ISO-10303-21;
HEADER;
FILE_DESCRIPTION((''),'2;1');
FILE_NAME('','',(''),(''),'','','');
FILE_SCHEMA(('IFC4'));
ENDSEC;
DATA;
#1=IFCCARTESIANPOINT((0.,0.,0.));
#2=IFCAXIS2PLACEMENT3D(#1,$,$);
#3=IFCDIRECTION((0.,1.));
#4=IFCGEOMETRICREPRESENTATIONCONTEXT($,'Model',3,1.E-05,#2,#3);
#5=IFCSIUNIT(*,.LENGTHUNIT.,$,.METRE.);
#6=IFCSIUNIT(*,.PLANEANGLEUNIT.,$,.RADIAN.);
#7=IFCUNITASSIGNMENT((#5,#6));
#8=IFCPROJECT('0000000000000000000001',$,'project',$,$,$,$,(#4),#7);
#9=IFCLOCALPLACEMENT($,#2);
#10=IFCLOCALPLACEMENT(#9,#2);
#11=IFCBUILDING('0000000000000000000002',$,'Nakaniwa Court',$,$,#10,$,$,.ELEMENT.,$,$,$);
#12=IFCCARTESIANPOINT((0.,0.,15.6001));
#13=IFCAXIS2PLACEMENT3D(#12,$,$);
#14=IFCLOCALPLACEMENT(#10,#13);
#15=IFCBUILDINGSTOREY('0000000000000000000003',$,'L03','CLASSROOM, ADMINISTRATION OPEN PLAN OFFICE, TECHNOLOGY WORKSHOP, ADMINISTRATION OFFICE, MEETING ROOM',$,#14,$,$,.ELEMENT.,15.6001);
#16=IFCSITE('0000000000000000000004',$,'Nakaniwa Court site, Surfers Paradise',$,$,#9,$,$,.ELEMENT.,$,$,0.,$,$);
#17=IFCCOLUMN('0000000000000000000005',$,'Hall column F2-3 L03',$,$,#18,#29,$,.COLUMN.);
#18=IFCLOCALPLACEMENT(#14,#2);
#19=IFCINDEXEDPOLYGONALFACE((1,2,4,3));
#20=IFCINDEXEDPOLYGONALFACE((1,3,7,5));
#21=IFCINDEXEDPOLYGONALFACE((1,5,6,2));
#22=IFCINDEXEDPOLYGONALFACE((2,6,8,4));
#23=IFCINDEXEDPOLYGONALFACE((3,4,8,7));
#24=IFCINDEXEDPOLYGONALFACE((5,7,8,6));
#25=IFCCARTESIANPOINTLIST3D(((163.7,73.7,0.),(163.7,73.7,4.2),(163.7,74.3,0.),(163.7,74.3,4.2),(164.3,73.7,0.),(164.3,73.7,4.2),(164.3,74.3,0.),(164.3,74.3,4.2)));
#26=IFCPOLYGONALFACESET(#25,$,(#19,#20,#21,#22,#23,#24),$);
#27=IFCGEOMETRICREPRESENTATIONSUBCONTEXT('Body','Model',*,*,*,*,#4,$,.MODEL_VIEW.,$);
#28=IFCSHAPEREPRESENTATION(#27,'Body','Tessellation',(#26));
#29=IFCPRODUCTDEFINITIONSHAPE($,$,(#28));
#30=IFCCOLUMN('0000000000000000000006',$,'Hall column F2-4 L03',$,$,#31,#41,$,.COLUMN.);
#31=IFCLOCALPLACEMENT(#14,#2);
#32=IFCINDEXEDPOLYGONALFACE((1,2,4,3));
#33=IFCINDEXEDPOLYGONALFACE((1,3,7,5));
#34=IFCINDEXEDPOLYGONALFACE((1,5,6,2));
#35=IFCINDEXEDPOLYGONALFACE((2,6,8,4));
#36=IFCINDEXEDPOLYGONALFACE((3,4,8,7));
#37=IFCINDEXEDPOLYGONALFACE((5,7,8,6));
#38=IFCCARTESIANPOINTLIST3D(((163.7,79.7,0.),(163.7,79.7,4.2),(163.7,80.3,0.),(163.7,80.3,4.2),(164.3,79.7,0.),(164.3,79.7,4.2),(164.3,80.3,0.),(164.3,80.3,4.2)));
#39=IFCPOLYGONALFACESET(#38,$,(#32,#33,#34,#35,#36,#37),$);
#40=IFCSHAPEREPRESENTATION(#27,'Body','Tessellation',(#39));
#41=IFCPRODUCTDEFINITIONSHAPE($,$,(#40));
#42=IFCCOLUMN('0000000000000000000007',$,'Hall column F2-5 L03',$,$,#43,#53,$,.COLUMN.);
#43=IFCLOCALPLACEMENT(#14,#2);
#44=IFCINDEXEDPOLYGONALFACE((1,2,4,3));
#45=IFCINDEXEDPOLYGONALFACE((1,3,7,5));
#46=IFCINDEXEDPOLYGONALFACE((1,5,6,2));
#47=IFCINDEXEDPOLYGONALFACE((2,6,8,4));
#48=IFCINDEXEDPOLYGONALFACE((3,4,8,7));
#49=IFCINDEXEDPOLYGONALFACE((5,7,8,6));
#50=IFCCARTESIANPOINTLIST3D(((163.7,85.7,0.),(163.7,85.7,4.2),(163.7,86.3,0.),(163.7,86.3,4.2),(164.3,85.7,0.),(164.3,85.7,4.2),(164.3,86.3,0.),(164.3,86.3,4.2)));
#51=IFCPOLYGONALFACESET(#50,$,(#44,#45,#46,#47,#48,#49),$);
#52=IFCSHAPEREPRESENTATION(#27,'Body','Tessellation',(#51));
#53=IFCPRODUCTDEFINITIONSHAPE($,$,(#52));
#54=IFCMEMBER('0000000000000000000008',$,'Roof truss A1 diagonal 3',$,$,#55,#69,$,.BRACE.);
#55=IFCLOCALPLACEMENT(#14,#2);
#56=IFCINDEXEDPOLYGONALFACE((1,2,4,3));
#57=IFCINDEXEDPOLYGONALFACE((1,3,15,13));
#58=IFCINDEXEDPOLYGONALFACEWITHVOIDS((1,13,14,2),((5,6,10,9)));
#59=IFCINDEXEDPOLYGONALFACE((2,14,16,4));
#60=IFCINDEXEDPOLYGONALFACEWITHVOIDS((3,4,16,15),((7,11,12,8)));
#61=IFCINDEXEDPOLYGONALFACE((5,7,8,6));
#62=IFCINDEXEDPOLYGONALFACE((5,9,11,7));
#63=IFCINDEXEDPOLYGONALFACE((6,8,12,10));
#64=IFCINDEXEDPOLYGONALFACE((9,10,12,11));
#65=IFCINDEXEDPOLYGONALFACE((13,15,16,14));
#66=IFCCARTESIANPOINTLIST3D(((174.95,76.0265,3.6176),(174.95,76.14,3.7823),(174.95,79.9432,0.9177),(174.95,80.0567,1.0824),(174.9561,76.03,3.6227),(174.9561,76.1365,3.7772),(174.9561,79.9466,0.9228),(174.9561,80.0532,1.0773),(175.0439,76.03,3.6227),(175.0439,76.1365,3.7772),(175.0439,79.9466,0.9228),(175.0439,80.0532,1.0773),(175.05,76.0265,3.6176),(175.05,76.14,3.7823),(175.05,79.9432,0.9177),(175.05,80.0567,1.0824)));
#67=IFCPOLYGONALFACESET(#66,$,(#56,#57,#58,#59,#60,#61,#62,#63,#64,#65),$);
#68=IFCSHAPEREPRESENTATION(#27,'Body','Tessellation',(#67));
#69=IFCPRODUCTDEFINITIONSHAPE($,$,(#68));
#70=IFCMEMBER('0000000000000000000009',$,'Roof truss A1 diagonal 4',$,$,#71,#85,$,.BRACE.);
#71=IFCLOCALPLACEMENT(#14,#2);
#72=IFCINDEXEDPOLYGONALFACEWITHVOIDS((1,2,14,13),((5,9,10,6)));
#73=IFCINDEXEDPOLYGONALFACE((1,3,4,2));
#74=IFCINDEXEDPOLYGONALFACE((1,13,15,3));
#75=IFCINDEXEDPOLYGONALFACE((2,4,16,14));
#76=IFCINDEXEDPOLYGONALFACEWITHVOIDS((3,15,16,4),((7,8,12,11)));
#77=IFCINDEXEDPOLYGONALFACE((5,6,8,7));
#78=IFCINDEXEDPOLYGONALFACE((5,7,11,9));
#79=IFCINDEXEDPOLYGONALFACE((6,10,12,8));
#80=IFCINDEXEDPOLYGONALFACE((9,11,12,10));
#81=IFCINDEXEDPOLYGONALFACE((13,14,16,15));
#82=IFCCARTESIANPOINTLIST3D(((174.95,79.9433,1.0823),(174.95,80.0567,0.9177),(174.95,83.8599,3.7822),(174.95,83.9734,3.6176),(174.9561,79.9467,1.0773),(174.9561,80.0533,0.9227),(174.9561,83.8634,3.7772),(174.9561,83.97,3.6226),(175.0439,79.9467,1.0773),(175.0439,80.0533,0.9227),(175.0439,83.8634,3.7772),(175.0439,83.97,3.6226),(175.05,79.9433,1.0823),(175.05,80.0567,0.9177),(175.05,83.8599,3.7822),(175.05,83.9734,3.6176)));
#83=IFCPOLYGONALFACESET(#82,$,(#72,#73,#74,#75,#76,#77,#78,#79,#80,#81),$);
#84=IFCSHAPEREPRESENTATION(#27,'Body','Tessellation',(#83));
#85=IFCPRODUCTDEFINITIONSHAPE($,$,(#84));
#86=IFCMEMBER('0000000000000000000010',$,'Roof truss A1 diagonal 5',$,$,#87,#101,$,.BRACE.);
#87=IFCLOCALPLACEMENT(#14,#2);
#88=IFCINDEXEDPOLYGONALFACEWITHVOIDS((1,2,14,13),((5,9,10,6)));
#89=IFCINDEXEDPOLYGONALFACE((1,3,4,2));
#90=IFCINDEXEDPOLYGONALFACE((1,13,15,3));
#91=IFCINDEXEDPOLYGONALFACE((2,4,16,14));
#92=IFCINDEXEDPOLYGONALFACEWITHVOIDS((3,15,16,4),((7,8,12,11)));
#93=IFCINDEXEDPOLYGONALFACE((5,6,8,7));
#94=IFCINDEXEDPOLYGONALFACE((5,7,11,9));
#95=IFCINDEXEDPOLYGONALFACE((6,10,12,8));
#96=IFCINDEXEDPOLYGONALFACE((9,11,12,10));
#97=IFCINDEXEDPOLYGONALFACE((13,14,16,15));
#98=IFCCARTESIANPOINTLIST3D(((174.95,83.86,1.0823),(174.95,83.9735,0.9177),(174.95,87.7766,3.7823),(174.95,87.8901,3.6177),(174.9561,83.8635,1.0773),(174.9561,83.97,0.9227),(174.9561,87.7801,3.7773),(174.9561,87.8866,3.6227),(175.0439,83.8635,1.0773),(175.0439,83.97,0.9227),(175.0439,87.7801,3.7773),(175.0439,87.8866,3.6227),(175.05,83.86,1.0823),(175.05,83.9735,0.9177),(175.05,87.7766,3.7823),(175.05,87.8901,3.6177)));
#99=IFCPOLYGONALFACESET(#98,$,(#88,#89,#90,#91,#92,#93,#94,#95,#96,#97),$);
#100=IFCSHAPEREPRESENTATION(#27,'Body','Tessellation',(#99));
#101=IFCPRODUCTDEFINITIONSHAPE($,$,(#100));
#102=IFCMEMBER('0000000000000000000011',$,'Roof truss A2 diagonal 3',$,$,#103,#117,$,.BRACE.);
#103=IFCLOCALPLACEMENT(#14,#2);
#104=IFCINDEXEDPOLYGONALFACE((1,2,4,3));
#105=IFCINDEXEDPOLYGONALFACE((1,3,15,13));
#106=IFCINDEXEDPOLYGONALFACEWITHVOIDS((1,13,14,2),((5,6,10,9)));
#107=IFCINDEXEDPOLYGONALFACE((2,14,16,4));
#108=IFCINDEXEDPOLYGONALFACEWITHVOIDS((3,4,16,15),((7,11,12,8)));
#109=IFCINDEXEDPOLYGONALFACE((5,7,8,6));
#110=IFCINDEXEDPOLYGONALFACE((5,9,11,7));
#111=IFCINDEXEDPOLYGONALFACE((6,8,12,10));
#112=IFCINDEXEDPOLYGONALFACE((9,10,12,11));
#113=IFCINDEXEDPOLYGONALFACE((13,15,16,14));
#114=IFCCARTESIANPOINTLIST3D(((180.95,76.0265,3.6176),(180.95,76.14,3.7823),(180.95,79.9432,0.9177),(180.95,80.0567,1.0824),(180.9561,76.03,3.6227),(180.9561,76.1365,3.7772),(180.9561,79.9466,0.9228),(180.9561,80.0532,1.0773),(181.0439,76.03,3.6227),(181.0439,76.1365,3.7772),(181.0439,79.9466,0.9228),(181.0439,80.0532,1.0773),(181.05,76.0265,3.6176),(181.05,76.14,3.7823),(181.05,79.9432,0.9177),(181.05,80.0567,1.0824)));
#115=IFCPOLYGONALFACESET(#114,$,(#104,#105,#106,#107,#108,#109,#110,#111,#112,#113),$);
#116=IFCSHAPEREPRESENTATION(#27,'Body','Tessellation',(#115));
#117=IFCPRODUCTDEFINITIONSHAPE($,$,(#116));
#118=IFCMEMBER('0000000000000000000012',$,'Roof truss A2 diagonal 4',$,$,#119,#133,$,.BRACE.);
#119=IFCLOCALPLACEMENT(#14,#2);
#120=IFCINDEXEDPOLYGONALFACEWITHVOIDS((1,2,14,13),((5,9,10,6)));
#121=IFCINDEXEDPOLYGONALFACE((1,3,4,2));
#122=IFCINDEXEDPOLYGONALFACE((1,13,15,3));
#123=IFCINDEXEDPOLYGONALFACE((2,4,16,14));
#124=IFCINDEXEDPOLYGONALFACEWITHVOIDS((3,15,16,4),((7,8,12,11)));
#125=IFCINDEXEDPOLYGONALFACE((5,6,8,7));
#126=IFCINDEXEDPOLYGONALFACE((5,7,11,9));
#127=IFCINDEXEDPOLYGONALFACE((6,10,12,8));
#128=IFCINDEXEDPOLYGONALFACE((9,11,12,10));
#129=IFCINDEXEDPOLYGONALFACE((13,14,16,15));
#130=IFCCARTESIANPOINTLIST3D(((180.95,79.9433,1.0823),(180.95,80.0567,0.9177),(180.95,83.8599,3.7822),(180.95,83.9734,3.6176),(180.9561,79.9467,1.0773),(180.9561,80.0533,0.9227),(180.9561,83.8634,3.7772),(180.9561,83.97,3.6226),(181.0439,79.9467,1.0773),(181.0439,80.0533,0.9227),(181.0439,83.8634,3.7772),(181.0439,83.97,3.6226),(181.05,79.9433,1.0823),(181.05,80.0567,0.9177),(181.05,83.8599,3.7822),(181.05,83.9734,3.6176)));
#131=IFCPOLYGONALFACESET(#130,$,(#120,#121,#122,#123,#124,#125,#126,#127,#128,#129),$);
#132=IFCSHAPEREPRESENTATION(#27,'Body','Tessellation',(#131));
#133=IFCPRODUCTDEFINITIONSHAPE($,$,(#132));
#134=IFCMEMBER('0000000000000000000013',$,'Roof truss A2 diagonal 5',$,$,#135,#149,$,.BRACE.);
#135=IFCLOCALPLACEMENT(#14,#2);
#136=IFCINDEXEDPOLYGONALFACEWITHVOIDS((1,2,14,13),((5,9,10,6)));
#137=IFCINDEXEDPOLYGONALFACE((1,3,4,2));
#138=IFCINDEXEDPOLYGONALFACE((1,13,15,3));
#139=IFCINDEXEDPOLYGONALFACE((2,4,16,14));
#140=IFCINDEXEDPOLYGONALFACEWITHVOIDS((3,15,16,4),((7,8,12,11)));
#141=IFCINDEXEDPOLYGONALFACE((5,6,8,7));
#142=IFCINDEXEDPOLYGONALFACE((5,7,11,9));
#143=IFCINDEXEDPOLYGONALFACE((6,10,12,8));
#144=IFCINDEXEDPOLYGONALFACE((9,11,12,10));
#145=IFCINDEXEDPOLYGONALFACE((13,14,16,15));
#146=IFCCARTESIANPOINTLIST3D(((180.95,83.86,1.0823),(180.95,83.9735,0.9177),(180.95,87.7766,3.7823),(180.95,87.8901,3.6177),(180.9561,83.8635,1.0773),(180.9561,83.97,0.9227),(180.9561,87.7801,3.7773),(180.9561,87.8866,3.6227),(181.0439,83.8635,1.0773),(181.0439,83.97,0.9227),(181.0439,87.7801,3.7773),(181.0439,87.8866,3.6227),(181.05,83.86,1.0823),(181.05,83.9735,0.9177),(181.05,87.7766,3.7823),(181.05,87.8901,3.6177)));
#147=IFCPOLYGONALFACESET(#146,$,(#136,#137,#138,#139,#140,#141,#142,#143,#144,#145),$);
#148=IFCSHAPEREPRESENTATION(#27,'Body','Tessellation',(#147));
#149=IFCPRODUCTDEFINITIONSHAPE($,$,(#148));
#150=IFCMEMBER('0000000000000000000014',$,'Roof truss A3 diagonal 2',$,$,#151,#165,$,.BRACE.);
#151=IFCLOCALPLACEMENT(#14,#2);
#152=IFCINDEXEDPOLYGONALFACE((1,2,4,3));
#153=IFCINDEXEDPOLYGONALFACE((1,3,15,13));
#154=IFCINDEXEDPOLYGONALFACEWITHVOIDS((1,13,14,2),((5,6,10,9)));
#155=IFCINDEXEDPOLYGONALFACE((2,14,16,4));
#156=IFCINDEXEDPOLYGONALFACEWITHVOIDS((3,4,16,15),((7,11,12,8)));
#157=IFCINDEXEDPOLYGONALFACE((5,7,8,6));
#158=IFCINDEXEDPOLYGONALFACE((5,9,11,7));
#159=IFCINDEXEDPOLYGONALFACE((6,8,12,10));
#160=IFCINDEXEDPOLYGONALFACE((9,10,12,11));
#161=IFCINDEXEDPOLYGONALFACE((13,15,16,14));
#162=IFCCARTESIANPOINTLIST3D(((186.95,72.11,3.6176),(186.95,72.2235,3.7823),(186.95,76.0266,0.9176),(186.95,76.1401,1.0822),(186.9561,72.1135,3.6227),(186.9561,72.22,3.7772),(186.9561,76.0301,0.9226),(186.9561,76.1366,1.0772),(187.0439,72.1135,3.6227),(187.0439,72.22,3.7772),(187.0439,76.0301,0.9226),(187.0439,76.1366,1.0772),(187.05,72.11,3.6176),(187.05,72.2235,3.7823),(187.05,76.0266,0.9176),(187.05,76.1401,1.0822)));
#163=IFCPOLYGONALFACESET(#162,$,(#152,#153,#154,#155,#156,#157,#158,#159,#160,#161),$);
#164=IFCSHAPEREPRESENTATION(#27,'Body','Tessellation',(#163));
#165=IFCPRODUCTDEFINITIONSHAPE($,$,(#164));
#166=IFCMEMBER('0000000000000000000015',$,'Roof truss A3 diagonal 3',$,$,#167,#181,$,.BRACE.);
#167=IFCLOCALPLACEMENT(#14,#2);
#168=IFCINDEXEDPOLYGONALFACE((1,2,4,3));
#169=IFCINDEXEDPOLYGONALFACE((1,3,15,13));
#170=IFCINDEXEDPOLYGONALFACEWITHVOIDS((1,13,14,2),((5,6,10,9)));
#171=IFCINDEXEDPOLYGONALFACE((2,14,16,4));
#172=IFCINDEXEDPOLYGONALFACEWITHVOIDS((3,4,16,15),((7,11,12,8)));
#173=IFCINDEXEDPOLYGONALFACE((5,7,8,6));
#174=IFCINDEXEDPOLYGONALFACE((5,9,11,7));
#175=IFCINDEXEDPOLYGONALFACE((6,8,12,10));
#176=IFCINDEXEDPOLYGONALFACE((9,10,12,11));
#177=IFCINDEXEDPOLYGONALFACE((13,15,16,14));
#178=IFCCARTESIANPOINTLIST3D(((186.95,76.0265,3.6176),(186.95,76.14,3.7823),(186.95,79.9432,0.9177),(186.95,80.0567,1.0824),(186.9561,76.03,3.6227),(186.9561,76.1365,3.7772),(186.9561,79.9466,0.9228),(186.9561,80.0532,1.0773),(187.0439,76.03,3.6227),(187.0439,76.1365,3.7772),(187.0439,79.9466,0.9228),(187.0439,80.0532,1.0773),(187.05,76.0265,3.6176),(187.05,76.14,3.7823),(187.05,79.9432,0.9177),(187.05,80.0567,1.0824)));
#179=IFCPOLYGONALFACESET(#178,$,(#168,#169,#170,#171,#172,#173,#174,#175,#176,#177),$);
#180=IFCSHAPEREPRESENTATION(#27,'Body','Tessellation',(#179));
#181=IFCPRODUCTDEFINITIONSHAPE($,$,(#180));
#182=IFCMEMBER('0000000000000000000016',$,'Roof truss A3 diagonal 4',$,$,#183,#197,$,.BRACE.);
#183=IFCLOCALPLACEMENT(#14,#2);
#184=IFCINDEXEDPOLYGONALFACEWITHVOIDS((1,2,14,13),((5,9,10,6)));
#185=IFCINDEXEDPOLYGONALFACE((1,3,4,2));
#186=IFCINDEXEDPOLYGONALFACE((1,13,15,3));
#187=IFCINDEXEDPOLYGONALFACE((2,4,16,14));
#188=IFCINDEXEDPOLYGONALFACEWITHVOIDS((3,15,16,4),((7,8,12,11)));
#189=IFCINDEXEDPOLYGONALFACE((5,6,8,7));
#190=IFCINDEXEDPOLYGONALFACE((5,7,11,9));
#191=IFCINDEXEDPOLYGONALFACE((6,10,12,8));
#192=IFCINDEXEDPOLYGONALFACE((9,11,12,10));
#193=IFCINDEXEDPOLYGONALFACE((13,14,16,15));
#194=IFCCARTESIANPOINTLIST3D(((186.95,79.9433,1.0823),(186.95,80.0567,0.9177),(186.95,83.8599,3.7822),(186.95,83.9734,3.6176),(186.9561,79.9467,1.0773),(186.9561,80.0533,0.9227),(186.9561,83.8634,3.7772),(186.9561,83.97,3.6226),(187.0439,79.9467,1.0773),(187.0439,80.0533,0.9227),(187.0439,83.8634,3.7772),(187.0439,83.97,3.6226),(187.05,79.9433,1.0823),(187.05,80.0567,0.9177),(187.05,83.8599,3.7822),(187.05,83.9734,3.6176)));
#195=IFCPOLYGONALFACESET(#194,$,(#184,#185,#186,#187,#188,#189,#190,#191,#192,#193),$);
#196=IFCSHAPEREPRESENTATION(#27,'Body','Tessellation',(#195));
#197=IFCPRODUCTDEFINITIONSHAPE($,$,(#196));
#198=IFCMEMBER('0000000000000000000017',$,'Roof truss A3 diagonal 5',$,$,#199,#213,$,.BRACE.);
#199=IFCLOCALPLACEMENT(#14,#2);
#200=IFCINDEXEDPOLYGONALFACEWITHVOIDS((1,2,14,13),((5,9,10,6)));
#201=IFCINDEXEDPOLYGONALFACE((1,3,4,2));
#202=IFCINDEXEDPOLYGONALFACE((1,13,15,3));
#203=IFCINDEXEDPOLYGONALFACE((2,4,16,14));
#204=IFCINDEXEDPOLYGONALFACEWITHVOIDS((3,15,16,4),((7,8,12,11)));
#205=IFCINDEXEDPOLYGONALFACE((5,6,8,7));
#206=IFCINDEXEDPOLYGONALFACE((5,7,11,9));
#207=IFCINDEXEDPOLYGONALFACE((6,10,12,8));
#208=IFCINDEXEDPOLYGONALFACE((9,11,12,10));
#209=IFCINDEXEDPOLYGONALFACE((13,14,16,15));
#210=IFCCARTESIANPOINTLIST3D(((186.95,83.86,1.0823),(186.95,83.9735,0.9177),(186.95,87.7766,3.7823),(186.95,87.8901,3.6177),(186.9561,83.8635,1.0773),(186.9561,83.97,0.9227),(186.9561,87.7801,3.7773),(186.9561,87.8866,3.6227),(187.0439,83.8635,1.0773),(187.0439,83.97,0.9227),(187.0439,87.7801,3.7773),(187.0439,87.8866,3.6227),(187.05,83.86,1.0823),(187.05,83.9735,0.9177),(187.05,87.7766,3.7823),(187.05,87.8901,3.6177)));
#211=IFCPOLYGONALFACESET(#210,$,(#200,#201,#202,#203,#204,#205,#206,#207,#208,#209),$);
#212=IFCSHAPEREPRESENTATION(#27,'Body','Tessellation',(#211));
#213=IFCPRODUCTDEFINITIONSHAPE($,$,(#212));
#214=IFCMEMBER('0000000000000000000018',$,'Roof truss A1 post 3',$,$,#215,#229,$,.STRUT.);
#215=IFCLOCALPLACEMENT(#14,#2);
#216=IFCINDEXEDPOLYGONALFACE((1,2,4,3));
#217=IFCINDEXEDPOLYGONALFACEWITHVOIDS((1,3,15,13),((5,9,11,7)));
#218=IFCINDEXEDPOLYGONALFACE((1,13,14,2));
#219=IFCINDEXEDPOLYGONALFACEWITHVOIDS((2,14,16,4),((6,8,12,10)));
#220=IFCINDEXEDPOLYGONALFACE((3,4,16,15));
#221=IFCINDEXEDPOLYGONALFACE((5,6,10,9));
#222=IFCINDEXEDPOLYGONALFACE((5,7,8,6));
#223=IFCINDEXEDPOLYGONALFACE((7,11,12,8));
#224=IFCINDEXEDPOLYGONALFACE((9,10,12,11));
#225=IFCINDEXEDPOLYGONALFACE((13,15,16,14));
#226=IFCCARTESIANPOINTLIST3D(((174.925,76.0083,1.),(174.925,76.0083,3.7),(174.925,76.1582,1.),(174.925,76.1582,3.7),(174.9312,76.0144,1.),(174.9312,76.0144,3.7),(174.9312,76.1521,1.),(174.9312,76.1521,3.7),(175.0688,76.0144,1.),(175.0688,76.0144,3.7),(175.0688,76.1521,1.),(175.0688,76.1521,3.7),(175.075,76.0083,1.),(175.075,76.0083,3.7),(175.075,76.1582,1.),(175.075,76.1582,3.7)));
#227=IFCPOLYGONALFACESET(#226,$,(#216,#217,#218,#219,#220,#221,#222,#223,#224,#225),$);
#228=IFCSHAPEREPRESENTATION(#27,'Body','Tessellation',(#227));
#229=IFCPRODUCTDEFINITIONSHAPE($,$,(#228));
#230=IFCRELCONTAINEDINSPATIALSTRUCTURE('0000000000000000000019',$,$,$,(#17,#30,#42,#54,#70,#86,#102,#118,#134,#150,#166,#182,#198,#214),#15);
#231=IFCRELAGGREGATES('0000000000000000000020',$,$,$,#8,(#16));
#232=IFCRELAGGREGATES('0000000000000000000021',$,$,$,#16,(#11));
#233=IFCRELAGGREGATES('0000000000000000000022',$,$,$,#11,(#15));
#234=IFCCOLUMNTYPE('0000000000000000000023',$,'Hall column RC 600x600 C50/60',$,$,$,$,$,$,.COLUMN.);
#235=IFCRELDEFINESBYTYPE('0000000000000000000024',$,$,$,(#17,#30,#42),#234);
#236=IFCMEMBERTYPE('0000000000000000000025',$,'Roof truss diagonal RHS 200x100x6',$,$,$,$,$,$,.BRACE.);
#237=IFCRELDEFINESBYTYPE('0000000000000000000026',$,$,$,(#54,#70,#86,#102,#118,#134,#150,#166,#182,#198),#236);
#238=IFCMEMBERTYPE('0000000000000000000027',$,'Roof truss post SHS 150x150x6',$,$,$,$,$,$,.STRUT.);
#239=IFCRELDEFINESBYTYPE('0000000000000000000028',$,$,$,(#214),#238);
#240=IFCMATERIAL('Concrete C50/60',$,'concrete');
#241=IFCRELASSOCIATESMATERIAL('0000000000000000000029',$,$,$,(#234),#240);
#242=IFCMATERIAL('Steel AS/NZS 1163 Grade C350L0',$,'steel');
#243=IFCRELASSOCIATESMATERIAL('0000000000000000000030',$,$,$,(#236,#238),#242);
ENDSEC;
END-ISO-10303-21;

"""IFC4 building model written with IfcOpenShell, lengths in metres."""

from ifc_helpers import new_model, si_unit, direction, frame, origin, origin_2d, place, context, subcontext, project, spatial, rectangle, hollow_rectangle, extrude, material, material_profile, profile_set, type_object, element, save


model = new_model("IFC4")

# Units and contexts
model_context = context("Model", 3, precision=1e-05, world=origin(), true_north=direction((0.0, 1.0)))
body_context = subcontext(model_context, "Body", "Model", "MODEL_VIEW")
ifc_project = project(units=[si_unit("LENGTHUNIT", "METRE"), si_unit("PLANEANGLEUNIT", "RADIAN")], contexts=[model_context])

# Site, building, storey
site_placement = place(None, origin())
site = spatial("IfcSite", under=ifc_project, at=site_placement, Name="Nakaniwa Court site, Surfers Paradise", CompositionType="ELEMENT", RefElevation=0.0)
building_placement = place(site_placement, origin())
building = spatial("IfcBuilding", under=site, at=building_placement, Name="Nakaniwa Court", CompositionType="ELEMENT")
storey_placement = place(building_placement, frame((0.0, 0.0, 15.6001)))
storey = spatial("IfcBuildingStorey", under=building, at=storey_placement, Name="L03", Description="CLASSROOM, ADMINISTRATION OPEN PLAN OFFICE, TECHNOLOGY WORKSHOP, ADMINISTRATION OFFICE, MEETING ROOM", CompositionType="ELEMENT", Elevation=15.6001)

# Columns
ifc_material_1 = material(Name="Concrete C50/60", Category="concrete")
ifc_material_profile_1 = material_profile(ifc_material_1, rectangle(XDim=0.6001, YDim=0.6001, at=origin_2d()), Name="RC 600x600")
ifc_profile_set_1 = profile_set([ifc_material_profile_1], Name="Concrete C50/60")
column_type = type_object("IfcColumnType", Name="Hall column RC 600x600 C50/60", PredefinedType="COLUMN", material=ifc_profile_set_1)
for number, where, z_axis, x_axis, name in (
    (1, (164.0, 74.0, 0.0), (0.0, 0.0, 1.0), (1.0, 0.0, 0.0), "Hall column F2-3 L03"),
    (2, (164.0, 80.0, 0.0), (0.0, 0.0, 1.0), (1.0, 0.0, 0.0), "Hall column F2-4 L03"),
    (3, (164.0, 86.0, 0.0), (0.0, 0.0, 1.0), (1.0, 0.0, 0.0), "Hall column F2-5 L03"),
):
    element("IfcColumn", number, at=place(storey_placement, frame(where, z_axis=z_axis, x_axis=x_axis)), inside=storey, type_object=column_type, Name=name, PredefinedType="COLUMN", context=body_context, shape_type="SweptSolid", body=[
        extrude(rectangle(XDim=0.6001, YDim=0.6001, at=origin_2d()), origin(), (0.0, 0.0, 1.0), 4.2),
    ])

# Members
ifc_material_2 = material(Name="Steel AS/NZS 1163 Grade C350L0", Category="steel")
ifc_material_profile_2 = material_profile(ifc_material_2, hollow_rectangle(XDim=0.1001, YDim=0.2, WallThickness=0.0061, at=origin_2d()), Name="RHS 200x100x6")
ifc_profile_set_2 = profile_set([ifc_material_profile_2], Name="Steel AS/NZS 1163 Grade C350L0")
member_type_1 = type_object("IfcMemberType", Name="Roof truss diagonal RHS 200x100x6", PredefinedType="BRACE", material=ifc_profile_set_2)
for number, where, z_axis, x_axis, name in (
    (4, (175.0, 76.0833, 3.7), (0.0, 0.823336, -0.567554), (-1.0, 0.0, 0.0), "Roof truss A1 diagonal 3"),
    (5, (175.0, 80.0, 1.0), (0.0, 0.823336, 0.567554), (-1.0, 0.0, 0.0), "Roof truss A1 diagonal 4"),
    (6, (175.0, 83.9167, 1.0), (0.0, 0.823319, 0.567578), (-1.0, 0.0, 0.0), "Roof truss A1 diagonal 5"),
    (7, (181.0, 76.0833, 3.7), (0.0, 0.823336, -0.567554), (-1.0, 0.0, 0.0), "Roof truss A2 diagonal 3"),
    (8, (181.0, 80.0, 1.0), (0.0, 0.823336, 0.567554), (-1.0, 0.0, 0.0), "Roof truss A2 diagonal 4"),
    (9, (181.0, 83.9167, 1.0), (0.0, 0.823319, 0.567578), (-1.0, 0.0, 0.0), "Roof truss A2 diagonal 5"),
    (10, (187.0, 72.1667, 3.7), (0.0, 0.823319, -0.567578), (-1.0, 0.0, 0.0), "Roof truss A3 diagonal 2"),
    (11, (187.0, 76.0833, 3.7), (0.0, 0.823336, -0.567554), (-1.0, 0.0, 0.0), "Roof truss A3 diagonal 3"),
    (12, (187.0, 80.0, 1.0), (0.0, 0.823336, 0.567554), (-1.0, 0.0, 0.0), "Roof truss A3 diagonal 4"),
    (13, (187.0, 83.9167, 1.0), (0.0, 0.823319, 0.567578), (-1.0, 0.0, 0.0), "Roof truss A3 diagonal 5"),
):
    element("IfcMember", number, at=place(storey_placement, frame(where, z_axis=z_axis, x_axis=x_axis)), inside=storey, type_object=member_type_1, Name=name, PredefinedType="BRACE", context=body_context, shape_type="SweptSolid", body=[
        extrude(hollow_rectangle(XDim=0.1001, YDim=0.2, WallThickness=0.0061, at=origin_2d()), origin(), (0.0, 0.0, 1.0), 4.7571),
    ])
ifc_material_profile_3 = material_profile(ifc_material_2, hollow_rectangle(XDim=0.1499, YDim=0.1499, WallThickness=0.0061, at=origin_2d()), Name="SHS 150x150x6")
ifc_profile_set_3 = profile_set([ifc_material_profile_3], Name="Steel AS/NZS 1163 Grade C350L0")
member_type_2 = type_object("IfcMemberType", Name="Roof truss post SHS 150x150x6", PredefinedType="STRUT", material=ifc_profile_set_3)
for number, where, z_axis, x_axis, name in (
    (14, (175.0, 76.0833, 1.0), (0.0, 0.0, 1.0), (1.0, 0.0, 0.0), "Roof truss A1 post 3"),
):
    element("IfcMember", number, at=place(storey_placement, frame(where, z_axis=z_axis, x_axis=x_axis)), inside=storey, type_object=member_type_2, Name=name, PredefinedType="STRUT", context=body_context, shape_type="SweptSolid", body=[
        extrude(hollow_rectangle(XDim=0.1499, YDim=0.1499, WallThickness=0.0061, at=origin_2d()), origin(), (0.0, 0.0, 1.0), 2.7),
    ])

save(model, "model.ifc")
